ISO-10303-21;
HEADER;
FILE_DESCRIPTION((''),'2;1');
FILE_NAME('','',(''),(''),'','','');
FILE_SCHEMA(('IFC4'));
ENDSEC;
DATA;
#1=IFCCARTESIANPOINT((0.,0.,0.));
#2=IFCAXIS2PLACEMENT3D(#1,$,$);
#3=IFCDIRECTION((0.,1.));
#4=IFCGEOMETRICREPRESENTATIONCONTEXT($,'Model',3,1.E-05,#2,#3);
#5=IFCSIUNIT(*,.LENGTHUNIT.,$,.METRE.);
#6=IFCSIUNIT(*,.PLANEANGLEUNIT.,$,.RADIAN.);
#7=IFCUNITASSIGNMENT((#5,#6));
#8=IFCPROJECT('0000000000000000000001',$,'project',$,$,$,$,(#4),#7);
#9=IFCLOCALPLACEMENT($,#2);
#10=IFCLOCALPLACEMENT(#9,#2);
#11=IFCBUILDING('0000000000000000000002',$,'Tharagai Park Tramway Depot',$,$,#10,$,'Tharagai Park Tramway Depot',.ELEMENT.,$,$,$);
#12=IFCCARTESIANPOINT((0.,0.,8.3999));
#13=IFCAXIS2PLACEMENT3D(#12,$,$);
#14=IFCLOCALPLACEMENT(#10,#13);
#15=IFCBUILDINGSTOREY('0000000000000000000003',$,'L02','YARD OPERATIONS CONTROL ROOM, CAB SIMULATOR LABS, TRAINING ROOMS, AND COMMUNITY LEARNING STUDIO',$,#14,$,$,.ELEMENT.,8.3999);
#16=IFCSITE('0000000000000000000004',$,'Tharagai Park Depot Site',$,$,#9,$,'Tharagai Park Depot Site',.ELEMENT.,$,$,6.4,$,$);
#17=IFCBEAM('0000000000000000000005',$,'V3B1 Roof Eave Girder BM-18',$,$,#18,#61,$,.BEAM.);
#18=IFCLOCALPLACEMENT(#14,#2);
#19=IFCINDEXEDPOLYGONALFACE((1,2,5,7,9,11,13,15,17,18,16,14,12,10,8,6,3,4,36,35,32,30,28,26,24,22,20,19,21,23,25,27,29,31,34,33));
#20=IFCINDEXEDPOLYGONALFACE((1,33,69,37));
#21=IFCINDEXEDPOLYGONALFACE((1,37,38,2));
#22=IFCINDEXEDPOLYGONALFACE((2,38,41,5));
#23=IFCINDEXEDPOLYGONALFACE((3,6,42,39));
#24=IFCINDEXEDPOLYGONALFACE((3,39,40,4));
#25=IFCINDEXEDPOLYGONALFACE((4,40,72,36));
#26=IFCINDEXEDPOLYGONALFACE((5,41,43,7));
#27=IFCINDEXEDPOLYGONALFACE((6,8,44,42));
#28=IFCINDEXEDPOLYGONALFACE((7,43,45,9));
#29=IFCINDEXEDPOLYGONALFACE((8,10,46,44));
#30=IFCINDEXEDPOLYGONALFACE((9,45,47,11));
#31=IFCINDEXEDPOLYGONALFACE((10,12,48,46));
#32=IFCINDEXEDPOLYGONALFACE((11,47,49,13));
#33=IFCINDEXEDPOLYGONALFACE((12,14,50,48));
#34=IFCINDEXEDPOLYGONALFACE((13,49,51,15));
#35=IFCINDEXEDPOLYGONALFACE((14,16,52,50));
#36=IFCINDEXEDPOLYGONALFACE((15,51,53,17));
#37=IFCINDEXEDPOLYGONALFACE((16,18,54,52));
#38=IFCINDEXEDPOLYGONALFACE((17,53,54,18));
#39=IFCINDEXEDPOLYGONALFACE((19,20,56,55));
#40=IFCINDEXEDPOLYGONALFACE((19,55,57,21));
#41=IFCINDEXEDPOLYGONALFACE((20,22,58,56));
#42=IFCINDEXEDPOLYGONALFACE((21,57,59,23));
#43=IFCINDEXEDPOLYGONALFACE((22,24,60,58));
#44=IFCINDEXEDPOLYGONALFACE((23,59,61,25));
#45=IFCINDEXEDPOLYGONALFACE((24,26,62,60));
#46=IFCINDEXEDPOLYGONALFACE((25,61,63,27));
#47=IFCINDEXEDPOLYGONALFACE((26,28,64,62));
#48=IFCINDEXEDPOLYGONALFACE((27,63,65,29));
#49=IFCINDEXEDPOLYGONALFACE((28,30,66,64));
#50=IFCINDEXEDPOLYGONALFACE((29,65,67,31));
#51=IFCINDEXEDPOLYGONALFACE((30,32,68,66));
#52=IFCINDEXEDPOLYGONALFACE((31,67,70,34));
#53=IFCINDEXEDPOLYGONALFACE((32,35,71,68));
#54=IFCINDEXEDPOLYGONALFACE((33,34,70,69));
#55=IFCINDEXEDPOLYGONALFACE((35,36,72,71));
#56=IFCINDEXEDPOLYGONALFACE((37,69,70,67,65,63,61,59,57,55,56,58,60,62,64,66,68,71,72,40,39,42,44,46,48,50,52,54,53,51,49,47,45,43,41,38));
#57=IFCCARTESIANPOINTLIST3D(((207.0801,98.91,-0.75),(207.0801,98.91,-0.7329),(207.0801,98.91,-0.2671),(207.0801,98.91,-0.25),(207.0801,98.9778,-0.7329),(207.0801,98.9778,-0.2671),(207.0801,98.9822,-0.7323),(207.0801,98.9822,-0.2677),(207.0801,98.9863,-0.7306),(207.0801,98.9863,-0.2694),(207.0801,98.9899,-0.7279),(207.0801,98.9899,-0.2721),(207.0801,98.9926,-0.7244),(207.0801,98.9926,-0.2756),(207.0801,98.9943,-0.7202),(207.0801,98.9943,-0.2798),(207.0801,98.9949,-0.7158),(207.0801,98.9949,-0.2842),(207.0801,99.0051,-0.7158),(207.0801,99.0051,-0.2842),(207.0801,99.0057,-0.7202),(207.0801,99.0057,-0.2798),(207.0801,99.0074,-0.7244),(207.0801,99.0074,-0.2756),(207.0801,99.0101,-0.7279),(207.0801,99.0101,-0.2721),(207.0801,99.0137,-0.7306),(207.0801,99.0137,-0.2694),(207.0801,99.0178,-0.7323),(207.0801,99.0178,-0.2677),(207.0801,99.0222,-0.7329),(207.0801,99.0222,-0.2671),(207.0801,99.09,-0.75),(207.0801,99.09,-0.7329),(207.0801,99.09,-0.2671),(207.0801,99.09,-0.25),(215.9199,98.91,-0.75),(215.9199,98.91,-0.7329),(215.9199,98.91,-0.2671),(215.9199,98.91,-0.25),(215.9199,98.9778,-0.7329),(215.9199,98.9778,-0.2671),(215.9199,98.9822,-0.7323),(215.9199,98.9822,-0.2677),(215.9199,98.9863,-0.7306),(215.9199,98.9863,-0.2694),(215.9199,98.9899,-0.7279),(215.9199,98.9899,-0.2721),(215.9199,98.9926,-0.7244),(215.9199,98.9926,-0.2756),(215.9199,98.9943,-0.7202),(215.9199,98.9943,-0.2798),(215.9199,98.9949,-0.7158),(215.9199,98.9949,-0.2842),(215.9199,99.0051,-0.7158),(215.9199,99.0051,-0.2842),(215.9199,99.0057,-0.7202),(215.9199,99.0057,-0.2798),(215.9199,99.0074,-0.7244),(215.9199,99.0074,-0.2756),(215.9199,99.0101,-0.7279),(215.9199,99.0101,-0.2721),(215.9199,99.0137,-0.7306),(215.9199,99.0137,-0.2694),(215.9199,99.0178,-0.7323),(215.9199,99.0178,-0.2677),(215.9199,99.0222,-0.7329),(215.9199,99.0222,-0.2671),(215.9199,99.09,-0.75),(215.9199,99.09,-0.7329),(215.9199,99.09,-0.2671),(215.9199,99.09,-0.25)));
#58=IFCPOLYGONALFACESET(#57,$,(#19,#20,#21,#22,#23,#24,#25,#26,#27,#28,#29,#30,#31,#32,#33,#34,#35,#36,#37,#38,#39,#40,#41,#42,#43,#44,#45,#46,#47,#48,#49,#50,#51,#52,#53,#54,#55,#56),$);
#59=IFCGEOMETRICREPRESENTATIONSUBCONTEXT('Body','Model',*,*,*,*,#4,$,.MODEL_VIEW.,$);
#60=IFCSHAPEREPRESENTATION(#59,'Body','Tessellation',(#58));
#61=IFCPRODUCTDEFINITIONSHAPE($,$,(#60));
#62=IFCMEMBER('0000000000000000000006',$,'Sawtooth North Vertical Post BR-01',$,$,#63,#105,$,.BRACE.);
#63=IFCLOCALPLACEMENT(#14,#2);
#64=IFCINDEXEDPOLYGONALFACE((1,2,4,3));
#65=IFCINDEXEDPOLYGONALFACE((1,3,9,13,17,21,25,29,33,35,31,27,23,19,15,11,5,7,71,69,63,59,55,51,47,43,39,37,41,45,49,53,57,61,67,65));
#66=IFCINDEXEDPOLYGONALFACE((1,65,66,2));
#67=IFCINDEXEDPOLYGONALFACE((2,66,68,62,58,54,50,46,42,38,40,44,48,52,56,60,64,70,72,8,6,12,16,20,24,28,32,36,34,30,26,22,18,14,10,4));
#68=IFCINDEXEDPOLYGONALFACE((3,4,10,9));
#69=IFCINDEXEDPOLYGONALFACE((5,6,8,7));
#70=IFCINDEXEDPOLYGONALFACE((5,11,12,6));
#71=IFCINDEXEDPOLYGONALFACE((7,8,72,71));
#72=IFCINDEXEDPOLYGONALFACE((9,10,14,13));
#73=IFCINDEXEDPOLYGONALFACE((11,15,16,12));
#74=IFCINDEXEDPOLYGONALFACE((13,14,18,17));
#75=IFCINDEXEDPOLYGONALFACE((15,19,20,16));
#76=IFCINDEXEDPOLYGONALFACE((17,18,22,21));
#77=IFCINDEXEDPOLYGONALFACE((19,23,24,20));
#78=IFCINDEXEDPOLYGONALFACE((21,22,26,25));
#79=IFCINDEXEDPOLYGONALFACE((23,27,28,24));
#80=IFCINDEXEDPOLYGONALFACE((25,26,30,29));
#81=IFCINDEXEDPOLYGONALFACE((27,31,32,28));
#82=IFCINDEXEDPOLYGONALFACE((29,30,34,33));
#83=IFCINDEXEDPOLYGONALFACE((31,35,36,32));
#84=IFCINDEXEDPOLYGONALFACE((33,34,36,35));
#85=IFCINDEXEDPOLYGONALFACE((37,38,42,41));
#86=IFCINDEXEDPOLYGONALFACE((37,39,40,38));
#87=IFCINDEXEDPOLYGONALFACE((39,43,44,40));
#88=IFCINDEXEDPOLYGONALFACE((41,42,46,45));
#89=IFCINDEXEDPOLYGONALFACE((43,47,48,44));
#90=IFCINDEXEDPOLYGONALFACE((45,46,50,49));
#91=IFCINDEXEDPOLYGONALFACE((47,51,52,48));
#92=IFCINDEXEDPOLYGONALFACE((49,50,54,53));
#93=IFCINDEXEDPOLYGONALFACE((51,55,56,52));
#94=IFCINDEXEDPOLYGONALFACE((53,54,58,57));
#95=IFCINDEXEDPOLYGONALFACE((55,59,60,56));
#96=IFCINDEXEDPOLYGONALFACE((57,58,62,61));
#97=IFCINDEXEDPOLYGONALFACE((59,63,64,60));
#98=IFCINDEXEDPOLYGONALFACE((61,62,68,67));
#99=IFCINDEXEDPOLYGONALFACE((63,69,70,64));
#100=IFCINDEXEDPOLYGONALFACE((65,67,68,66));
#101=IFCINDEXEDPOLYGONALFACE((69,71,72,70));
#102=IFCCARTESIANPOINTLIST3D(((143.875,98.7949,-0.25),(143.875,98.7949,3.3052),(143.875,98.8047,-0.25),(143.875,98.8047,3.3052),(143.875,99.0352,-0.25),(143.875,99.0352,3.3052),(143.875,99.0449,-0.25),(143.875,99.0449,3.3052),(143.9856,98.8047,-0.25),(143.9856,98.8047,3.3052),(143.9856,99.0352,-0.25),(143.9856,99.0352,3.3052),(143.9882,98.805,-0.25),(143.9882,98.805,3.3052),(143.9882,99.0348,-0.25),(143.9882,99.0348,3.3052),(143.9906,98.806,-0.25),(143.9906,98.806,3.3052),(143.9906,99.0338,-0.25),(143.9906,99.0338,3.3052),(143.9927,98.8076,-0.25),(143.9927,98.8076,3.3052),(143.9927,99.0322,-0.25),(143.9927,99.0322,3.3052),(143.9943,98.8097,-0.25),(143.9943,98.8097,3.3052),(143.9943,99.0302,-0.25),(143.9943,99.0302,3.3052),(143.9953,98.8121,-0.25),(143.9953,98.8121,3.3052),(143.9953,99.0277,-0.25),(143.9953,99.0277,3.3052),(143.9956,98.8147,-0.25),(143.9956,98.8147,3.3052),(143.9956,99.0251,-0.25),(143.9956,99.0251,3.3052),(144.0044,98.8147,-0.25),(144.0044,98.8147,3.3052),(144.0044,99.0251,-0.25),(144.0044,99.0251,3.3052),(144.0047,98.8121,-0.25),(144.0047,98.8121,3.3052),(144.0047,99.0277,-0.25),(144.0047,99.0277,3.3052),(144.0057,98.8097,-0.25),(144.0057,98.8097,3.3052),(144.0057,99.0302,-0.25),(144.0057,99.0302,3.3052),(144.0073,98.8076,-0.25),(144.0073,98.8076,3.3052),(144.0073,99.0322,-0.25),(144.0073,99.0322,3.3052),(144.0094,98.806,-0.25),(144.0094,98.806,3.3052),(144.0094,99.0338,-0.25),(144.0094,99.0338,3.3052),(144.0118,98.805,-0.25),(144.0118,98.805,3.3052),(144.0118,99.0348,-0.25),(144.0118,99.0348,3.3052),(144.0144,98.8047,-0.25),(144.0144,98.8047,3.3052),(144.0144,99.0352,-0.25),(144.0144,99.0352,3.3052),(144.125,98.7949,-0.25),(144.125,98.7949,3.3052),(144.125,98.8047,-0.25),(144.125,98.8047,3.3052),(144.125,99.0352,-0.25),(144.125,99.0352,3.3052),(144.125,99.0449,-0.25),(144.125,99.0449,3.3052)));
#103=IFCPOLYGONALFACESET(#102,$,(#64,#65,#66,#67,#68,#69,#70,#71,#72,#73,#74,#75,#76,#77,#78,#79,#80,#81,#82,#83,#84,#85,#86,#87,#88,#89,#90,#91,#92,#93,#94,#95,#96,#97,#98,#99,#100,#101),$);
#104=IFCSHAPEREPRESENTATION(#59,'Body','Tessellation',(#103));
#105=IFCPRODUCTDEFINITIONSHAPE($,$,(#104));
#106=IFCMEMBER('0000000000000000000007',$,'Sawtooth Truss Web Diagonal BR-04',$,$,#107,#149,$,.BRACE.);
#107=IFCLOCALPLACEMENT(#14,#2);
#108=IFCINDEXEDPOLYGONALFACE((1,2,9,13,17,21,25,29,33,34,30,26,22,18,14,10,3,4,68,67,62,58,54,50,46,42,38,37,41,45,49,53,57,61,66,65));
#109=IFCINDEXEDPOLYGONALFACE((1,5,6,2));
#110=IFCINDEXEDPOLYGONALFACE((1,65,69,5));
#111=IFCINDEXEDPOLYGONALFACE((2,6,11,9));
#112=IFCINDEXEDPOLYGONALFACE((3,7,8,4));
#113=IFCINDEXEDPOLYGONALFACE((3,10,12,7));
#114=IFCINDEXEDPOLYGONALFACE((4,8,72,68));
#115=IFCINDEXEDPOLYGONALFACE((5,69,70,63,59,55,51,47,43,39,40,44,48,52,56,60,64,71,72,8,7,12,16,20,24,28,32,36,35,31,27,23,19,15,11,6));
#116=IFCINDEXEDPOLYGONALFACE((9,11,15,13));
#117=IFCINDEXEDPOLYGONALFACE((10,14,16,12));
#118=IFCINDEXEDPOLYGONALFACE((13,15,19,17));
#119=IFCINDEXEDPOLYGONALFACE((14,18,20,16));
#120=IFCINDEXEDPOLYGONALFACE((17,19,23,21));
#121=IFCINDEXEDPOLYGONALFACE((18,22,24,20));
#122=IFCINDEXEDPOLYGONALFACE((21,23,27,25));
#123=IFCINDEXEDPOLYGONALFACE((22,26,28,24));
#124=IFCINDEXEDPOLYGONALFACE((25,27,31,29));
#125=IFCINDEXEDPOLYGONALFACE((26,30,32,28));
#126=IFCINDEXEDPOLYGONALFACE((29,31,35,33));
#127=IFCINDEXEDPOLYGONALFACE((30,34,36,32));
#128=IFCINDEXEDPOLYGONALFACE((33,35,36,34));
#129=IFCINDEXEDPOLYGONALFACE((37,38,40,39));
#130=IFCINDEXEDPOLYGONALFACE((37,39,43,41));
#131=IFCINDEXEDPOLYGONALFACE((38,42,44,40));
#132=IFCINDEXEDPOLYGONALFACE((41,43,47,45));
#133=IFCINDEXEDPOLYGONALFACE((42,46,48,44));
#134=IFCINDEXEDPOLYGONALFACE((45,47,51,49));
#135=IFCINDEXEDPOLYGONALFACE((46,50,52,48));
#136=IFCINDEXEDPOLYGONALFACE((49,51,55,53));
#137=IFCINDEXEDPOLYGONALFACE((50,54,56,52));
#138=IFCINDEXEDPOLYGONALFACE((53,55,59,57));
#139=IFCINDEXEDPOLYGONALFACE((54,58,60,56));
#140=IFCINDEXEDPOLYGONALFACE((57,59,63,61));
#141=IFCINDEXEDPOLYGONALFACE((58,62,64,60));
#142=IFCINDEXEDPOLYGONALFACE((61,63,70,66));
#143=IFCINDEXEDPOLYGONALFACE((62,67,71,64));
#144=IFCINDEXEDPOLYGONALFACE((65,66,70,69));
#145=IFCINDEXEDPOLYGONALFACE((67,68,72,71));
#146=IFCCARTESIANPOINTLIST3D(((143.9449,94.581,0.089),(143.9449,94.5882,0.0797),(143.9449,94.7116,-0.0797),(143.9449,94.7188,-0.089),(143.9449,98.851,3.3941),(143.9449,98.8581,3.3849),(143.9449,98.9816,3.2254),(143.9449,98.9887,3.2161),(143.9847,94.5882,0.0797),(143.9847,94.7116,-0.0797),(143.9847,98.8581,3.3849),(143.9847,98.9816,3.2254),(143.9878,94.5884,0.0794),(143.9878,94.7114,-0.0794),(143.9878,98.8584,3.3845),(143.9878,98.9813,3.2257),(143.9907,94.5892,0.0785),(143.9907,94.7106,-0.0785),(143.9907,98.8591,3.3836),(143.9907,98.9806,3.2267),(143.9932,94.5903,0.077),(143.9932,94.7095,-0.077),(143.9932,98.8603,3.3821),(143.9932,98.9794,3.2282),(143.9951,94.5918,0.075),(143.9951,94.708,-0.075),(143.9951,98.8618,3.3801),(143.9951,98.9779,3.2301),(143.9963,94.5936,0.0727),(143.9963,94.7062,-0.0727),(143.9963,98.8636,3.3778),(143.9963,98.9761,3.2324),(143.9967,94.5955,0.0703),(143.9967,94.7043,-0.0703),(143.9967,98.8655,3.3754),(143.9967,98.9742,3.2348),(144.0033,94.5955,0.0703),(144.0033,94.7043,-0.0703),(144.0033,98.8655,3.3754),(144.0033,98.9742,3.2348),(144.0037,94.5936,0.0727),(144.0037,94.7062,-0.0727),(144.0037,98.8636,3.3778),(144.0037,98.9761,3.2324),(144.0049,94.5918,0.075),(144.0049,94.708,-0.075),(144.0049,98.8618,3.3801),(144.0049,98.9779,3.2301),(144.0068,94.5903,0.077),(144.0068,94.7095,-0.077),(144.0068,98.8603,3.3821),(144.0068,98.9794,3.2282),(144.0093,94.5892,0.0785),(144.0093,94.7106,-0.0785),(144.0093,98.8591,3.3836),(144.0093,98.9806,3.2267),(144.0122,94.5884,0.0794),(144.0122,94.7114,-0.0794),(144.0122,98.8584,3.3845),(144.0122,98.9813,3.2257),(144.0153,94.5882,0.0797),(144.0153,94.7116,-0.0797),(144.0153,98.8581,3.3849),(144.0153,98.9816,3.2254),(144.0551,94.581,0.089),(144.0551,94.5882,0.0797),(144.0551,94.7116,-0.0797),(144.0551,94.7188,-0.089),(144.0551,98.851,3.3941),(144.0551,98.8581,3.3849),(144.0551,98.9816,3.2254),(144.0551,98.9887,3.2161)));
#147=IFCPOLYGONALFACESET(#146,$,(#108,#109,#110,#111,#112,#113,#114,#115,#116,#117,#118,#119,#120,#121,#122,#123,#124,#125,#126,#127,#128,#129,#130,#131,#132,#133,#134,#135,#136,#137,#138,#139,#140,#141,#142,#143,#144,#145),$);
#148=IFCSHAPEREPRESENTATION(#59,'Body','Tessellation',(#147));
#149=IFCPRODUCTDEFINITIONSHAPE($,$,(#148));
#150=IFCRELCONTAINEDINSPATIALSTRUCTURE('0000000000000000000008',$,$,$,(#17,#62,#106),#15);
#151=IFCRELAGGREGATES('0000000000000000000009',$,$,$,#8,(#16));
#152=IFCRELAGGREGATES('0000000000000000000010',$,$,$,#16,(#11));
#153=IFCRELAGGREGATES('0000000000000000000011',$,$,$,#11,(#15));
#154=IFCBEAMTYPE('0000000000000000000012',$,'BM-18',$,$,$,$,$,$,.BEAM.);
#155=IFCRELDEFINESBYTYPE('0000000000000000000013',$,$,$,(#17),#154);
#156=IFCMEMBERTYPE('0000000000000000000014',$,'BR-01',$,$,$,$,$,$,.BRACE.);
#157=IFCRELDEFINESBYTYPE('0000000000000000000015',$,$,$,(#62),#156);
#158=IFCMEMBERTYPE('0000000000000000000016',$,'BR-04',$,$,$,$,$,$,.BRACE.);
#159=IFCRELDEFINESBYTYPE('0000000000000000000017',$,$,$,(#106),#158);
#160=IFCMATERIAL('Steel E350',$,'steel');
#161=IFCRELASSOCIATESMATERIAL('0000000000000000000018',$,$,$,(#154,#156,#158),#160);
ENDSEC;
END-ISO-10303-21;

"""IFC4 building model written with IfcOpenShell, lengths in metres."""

from ifc_helpers import new_model, si_unit, direction, frame, origin, origin_2d, place, context, subcontext, project, spatial, i_section, extrude, material, material_profile, profile_set, type_object, element, save


model = new_model("IFC4")

# Units and contexts
model_context = context("Model", 3, precision=1e-05, world=origin(), true_north=direction((0.0, 1.0)))
body_context = subcontext(model_context, "Body", "Model", "MODEL_VIEW")
ifc_project = project(units=[si_unit("LENGTHUNIT", "METRE"), si_unit("PLANEANGLEUNIT", "RADIAN")], contexts=[model_context])

# Site, building, storey
site_placement = place(None, origin())
site = spatial("IfcSite", under=ifc_project, at=site_placement, Name="Tharagai Park Depot Site", LongName="Tharagai Park Depot Site", CompositionType="ELEMENT", RefElevation=6.4)
building_placement = place(site_placement, origin())
building = spatial("IfcBuilding", under=site, at=building_placement, Name="Tharagai Park Tramway Depot", LongName="Tharagai Park Tramway Depot", CompositionType="ELEMENT")
storey_placement = place(building_placement, frame((0.0, 0.0, 8.3999)))
storey = spatial("IfcBuildingStorey", under=building, at=storey_placement, Name="L02", Description="YARD OPERATIONS CONTROL ROOM, CAB SIMULATOR LABS, TRAINING ROOMS, AND COMMUNITY LEARNING STUDIO", CompositionType="ELEMENT", Elevation=8.3999)

# Shared definitions
ifc_material_1 = material(Name="Steel E350", Category="steel")

# Beam
ifc_material_profile_1 = material_profile(ifc_material_1, i_section(OverallWidth=0.1799, OverallDepth=0.5, WebThickness=0.0103, FlangeThickness=0.0171, FilletRadius=0.0171, at=origin_2d()), Name="ISMB 500")
ifc_profile_set_1 = profile_set([ifc_material_profile_1], Name="Steel E350")
beam_type_1 = type_object("IfcBeamType", Name="BM-18", PredefinedType="BEAM", material=ifc_profile_set_1)
for number, where, z_axis, x_axis, name in (
    (1, (207.0801, 99.0, -0.5), (1.0, 0.0, 0.0), (0.0, 1.0, 0.0), "V3B1 Roof Eave Girder BM-18"),
):
    element("IfcBeam", number, at=place(storey_placement, frame(where, z_axis=z_axis, x_axis=x_axis)), inside=storey, type_object=beam_type_1, Name=name, PredefinedType="BEAM", context=body_context, shape_type="SweptSolid", body=[
        extrude(i_section(OverallWidth=0.1799, OverallDepth=0.5, WebThickness=0.0103, FlangeThickness=0.0171, FilletRadius=0.0171, at=origin_2d()), origin(), (0.0, 0.0, 1.0), 8.8398),
    ])

# Members
ifc_material_profile_2 = material_profile(ifc_material_1, i_section(OverallWidth=0.25, OverallDepth=0.25, WebThickness=0.0088, FlangeThickness=0.0098, FilletRadius=0.01, at=origin_2d()), Name="ISHB 250")
ifc_profile_set_2 = profile_set([ifc_material_profile_2], Name="Steel E350")
member_type_1 = type_object("IfcMemberType", Name="BR-01", PredefinedType="BRACE", material=ifc_profile_set_2)
member_1_placement = place(storey_placement, frame((144.0, 98.9199, -0.25), z_axis=(0.0, 0.0, 1.0), x_axis=(1.0, 0.0, 0.0)))
element("IfcMember", 2, at=member_1_placement, inside=storey, type_object=member_type_1, Name="Sawtooth North Vertical Post BR-01", PredefinedType="BRACE", context=body_context, shape_type="SweptSolid", body=[
    extrude(i_section(OverallWidth=0.25, OverallDepth=0.25, WebThickness=0.0088, FlangeThickness=0.0098, FilletRadius=0.01, at=origin_2d()), origin(), (0.0, 0.0, 1.0), 3.5552),
])
ifc_material_profile_3 = material_profile(ifc_material_1, i_section(OverallWidth=0.1101, OverallDepth=0.2251, WebThickness=0.0066, FlangeThickness=0.0117, FilletRadius=0.012, at=origin_2d()), Name="ISMB 225")
ifc_profile_set_3 = profile_set([ifc_material_profile_3], Name="Steel E350")
member_type_2 = type_object("IfcMemberType", Name="BR-04", PredefinedType="BRACE", material=ifc_profile_set_3)
member_2_placement = place(storey_placement, frame((144.0, 94.6499, 0.0), z_axis=(0.0, 0.790782, 0.612098), x_axis=(-1.0, 0.0, 0.0)))
element("IfcMember", 3, at=member_2_placement, inside=storey, type_object=member_type_2, Name="Sawtooth Truss Web Diagonal BR-04", PredefinedType="BRACE", context=body_context, shape_type="SweptSolid", body=[
    extrude(i_section(OverallWidth=0.1101, OverallDepth=0.2251, WebThickness=0.0066, FlangeThickness=0.0117, FilletRadius=0.012, at=origin_2d()), origin(), (0.0, 0.0, 1.0), 5.3997),
])

save(model, "model.ifc")
